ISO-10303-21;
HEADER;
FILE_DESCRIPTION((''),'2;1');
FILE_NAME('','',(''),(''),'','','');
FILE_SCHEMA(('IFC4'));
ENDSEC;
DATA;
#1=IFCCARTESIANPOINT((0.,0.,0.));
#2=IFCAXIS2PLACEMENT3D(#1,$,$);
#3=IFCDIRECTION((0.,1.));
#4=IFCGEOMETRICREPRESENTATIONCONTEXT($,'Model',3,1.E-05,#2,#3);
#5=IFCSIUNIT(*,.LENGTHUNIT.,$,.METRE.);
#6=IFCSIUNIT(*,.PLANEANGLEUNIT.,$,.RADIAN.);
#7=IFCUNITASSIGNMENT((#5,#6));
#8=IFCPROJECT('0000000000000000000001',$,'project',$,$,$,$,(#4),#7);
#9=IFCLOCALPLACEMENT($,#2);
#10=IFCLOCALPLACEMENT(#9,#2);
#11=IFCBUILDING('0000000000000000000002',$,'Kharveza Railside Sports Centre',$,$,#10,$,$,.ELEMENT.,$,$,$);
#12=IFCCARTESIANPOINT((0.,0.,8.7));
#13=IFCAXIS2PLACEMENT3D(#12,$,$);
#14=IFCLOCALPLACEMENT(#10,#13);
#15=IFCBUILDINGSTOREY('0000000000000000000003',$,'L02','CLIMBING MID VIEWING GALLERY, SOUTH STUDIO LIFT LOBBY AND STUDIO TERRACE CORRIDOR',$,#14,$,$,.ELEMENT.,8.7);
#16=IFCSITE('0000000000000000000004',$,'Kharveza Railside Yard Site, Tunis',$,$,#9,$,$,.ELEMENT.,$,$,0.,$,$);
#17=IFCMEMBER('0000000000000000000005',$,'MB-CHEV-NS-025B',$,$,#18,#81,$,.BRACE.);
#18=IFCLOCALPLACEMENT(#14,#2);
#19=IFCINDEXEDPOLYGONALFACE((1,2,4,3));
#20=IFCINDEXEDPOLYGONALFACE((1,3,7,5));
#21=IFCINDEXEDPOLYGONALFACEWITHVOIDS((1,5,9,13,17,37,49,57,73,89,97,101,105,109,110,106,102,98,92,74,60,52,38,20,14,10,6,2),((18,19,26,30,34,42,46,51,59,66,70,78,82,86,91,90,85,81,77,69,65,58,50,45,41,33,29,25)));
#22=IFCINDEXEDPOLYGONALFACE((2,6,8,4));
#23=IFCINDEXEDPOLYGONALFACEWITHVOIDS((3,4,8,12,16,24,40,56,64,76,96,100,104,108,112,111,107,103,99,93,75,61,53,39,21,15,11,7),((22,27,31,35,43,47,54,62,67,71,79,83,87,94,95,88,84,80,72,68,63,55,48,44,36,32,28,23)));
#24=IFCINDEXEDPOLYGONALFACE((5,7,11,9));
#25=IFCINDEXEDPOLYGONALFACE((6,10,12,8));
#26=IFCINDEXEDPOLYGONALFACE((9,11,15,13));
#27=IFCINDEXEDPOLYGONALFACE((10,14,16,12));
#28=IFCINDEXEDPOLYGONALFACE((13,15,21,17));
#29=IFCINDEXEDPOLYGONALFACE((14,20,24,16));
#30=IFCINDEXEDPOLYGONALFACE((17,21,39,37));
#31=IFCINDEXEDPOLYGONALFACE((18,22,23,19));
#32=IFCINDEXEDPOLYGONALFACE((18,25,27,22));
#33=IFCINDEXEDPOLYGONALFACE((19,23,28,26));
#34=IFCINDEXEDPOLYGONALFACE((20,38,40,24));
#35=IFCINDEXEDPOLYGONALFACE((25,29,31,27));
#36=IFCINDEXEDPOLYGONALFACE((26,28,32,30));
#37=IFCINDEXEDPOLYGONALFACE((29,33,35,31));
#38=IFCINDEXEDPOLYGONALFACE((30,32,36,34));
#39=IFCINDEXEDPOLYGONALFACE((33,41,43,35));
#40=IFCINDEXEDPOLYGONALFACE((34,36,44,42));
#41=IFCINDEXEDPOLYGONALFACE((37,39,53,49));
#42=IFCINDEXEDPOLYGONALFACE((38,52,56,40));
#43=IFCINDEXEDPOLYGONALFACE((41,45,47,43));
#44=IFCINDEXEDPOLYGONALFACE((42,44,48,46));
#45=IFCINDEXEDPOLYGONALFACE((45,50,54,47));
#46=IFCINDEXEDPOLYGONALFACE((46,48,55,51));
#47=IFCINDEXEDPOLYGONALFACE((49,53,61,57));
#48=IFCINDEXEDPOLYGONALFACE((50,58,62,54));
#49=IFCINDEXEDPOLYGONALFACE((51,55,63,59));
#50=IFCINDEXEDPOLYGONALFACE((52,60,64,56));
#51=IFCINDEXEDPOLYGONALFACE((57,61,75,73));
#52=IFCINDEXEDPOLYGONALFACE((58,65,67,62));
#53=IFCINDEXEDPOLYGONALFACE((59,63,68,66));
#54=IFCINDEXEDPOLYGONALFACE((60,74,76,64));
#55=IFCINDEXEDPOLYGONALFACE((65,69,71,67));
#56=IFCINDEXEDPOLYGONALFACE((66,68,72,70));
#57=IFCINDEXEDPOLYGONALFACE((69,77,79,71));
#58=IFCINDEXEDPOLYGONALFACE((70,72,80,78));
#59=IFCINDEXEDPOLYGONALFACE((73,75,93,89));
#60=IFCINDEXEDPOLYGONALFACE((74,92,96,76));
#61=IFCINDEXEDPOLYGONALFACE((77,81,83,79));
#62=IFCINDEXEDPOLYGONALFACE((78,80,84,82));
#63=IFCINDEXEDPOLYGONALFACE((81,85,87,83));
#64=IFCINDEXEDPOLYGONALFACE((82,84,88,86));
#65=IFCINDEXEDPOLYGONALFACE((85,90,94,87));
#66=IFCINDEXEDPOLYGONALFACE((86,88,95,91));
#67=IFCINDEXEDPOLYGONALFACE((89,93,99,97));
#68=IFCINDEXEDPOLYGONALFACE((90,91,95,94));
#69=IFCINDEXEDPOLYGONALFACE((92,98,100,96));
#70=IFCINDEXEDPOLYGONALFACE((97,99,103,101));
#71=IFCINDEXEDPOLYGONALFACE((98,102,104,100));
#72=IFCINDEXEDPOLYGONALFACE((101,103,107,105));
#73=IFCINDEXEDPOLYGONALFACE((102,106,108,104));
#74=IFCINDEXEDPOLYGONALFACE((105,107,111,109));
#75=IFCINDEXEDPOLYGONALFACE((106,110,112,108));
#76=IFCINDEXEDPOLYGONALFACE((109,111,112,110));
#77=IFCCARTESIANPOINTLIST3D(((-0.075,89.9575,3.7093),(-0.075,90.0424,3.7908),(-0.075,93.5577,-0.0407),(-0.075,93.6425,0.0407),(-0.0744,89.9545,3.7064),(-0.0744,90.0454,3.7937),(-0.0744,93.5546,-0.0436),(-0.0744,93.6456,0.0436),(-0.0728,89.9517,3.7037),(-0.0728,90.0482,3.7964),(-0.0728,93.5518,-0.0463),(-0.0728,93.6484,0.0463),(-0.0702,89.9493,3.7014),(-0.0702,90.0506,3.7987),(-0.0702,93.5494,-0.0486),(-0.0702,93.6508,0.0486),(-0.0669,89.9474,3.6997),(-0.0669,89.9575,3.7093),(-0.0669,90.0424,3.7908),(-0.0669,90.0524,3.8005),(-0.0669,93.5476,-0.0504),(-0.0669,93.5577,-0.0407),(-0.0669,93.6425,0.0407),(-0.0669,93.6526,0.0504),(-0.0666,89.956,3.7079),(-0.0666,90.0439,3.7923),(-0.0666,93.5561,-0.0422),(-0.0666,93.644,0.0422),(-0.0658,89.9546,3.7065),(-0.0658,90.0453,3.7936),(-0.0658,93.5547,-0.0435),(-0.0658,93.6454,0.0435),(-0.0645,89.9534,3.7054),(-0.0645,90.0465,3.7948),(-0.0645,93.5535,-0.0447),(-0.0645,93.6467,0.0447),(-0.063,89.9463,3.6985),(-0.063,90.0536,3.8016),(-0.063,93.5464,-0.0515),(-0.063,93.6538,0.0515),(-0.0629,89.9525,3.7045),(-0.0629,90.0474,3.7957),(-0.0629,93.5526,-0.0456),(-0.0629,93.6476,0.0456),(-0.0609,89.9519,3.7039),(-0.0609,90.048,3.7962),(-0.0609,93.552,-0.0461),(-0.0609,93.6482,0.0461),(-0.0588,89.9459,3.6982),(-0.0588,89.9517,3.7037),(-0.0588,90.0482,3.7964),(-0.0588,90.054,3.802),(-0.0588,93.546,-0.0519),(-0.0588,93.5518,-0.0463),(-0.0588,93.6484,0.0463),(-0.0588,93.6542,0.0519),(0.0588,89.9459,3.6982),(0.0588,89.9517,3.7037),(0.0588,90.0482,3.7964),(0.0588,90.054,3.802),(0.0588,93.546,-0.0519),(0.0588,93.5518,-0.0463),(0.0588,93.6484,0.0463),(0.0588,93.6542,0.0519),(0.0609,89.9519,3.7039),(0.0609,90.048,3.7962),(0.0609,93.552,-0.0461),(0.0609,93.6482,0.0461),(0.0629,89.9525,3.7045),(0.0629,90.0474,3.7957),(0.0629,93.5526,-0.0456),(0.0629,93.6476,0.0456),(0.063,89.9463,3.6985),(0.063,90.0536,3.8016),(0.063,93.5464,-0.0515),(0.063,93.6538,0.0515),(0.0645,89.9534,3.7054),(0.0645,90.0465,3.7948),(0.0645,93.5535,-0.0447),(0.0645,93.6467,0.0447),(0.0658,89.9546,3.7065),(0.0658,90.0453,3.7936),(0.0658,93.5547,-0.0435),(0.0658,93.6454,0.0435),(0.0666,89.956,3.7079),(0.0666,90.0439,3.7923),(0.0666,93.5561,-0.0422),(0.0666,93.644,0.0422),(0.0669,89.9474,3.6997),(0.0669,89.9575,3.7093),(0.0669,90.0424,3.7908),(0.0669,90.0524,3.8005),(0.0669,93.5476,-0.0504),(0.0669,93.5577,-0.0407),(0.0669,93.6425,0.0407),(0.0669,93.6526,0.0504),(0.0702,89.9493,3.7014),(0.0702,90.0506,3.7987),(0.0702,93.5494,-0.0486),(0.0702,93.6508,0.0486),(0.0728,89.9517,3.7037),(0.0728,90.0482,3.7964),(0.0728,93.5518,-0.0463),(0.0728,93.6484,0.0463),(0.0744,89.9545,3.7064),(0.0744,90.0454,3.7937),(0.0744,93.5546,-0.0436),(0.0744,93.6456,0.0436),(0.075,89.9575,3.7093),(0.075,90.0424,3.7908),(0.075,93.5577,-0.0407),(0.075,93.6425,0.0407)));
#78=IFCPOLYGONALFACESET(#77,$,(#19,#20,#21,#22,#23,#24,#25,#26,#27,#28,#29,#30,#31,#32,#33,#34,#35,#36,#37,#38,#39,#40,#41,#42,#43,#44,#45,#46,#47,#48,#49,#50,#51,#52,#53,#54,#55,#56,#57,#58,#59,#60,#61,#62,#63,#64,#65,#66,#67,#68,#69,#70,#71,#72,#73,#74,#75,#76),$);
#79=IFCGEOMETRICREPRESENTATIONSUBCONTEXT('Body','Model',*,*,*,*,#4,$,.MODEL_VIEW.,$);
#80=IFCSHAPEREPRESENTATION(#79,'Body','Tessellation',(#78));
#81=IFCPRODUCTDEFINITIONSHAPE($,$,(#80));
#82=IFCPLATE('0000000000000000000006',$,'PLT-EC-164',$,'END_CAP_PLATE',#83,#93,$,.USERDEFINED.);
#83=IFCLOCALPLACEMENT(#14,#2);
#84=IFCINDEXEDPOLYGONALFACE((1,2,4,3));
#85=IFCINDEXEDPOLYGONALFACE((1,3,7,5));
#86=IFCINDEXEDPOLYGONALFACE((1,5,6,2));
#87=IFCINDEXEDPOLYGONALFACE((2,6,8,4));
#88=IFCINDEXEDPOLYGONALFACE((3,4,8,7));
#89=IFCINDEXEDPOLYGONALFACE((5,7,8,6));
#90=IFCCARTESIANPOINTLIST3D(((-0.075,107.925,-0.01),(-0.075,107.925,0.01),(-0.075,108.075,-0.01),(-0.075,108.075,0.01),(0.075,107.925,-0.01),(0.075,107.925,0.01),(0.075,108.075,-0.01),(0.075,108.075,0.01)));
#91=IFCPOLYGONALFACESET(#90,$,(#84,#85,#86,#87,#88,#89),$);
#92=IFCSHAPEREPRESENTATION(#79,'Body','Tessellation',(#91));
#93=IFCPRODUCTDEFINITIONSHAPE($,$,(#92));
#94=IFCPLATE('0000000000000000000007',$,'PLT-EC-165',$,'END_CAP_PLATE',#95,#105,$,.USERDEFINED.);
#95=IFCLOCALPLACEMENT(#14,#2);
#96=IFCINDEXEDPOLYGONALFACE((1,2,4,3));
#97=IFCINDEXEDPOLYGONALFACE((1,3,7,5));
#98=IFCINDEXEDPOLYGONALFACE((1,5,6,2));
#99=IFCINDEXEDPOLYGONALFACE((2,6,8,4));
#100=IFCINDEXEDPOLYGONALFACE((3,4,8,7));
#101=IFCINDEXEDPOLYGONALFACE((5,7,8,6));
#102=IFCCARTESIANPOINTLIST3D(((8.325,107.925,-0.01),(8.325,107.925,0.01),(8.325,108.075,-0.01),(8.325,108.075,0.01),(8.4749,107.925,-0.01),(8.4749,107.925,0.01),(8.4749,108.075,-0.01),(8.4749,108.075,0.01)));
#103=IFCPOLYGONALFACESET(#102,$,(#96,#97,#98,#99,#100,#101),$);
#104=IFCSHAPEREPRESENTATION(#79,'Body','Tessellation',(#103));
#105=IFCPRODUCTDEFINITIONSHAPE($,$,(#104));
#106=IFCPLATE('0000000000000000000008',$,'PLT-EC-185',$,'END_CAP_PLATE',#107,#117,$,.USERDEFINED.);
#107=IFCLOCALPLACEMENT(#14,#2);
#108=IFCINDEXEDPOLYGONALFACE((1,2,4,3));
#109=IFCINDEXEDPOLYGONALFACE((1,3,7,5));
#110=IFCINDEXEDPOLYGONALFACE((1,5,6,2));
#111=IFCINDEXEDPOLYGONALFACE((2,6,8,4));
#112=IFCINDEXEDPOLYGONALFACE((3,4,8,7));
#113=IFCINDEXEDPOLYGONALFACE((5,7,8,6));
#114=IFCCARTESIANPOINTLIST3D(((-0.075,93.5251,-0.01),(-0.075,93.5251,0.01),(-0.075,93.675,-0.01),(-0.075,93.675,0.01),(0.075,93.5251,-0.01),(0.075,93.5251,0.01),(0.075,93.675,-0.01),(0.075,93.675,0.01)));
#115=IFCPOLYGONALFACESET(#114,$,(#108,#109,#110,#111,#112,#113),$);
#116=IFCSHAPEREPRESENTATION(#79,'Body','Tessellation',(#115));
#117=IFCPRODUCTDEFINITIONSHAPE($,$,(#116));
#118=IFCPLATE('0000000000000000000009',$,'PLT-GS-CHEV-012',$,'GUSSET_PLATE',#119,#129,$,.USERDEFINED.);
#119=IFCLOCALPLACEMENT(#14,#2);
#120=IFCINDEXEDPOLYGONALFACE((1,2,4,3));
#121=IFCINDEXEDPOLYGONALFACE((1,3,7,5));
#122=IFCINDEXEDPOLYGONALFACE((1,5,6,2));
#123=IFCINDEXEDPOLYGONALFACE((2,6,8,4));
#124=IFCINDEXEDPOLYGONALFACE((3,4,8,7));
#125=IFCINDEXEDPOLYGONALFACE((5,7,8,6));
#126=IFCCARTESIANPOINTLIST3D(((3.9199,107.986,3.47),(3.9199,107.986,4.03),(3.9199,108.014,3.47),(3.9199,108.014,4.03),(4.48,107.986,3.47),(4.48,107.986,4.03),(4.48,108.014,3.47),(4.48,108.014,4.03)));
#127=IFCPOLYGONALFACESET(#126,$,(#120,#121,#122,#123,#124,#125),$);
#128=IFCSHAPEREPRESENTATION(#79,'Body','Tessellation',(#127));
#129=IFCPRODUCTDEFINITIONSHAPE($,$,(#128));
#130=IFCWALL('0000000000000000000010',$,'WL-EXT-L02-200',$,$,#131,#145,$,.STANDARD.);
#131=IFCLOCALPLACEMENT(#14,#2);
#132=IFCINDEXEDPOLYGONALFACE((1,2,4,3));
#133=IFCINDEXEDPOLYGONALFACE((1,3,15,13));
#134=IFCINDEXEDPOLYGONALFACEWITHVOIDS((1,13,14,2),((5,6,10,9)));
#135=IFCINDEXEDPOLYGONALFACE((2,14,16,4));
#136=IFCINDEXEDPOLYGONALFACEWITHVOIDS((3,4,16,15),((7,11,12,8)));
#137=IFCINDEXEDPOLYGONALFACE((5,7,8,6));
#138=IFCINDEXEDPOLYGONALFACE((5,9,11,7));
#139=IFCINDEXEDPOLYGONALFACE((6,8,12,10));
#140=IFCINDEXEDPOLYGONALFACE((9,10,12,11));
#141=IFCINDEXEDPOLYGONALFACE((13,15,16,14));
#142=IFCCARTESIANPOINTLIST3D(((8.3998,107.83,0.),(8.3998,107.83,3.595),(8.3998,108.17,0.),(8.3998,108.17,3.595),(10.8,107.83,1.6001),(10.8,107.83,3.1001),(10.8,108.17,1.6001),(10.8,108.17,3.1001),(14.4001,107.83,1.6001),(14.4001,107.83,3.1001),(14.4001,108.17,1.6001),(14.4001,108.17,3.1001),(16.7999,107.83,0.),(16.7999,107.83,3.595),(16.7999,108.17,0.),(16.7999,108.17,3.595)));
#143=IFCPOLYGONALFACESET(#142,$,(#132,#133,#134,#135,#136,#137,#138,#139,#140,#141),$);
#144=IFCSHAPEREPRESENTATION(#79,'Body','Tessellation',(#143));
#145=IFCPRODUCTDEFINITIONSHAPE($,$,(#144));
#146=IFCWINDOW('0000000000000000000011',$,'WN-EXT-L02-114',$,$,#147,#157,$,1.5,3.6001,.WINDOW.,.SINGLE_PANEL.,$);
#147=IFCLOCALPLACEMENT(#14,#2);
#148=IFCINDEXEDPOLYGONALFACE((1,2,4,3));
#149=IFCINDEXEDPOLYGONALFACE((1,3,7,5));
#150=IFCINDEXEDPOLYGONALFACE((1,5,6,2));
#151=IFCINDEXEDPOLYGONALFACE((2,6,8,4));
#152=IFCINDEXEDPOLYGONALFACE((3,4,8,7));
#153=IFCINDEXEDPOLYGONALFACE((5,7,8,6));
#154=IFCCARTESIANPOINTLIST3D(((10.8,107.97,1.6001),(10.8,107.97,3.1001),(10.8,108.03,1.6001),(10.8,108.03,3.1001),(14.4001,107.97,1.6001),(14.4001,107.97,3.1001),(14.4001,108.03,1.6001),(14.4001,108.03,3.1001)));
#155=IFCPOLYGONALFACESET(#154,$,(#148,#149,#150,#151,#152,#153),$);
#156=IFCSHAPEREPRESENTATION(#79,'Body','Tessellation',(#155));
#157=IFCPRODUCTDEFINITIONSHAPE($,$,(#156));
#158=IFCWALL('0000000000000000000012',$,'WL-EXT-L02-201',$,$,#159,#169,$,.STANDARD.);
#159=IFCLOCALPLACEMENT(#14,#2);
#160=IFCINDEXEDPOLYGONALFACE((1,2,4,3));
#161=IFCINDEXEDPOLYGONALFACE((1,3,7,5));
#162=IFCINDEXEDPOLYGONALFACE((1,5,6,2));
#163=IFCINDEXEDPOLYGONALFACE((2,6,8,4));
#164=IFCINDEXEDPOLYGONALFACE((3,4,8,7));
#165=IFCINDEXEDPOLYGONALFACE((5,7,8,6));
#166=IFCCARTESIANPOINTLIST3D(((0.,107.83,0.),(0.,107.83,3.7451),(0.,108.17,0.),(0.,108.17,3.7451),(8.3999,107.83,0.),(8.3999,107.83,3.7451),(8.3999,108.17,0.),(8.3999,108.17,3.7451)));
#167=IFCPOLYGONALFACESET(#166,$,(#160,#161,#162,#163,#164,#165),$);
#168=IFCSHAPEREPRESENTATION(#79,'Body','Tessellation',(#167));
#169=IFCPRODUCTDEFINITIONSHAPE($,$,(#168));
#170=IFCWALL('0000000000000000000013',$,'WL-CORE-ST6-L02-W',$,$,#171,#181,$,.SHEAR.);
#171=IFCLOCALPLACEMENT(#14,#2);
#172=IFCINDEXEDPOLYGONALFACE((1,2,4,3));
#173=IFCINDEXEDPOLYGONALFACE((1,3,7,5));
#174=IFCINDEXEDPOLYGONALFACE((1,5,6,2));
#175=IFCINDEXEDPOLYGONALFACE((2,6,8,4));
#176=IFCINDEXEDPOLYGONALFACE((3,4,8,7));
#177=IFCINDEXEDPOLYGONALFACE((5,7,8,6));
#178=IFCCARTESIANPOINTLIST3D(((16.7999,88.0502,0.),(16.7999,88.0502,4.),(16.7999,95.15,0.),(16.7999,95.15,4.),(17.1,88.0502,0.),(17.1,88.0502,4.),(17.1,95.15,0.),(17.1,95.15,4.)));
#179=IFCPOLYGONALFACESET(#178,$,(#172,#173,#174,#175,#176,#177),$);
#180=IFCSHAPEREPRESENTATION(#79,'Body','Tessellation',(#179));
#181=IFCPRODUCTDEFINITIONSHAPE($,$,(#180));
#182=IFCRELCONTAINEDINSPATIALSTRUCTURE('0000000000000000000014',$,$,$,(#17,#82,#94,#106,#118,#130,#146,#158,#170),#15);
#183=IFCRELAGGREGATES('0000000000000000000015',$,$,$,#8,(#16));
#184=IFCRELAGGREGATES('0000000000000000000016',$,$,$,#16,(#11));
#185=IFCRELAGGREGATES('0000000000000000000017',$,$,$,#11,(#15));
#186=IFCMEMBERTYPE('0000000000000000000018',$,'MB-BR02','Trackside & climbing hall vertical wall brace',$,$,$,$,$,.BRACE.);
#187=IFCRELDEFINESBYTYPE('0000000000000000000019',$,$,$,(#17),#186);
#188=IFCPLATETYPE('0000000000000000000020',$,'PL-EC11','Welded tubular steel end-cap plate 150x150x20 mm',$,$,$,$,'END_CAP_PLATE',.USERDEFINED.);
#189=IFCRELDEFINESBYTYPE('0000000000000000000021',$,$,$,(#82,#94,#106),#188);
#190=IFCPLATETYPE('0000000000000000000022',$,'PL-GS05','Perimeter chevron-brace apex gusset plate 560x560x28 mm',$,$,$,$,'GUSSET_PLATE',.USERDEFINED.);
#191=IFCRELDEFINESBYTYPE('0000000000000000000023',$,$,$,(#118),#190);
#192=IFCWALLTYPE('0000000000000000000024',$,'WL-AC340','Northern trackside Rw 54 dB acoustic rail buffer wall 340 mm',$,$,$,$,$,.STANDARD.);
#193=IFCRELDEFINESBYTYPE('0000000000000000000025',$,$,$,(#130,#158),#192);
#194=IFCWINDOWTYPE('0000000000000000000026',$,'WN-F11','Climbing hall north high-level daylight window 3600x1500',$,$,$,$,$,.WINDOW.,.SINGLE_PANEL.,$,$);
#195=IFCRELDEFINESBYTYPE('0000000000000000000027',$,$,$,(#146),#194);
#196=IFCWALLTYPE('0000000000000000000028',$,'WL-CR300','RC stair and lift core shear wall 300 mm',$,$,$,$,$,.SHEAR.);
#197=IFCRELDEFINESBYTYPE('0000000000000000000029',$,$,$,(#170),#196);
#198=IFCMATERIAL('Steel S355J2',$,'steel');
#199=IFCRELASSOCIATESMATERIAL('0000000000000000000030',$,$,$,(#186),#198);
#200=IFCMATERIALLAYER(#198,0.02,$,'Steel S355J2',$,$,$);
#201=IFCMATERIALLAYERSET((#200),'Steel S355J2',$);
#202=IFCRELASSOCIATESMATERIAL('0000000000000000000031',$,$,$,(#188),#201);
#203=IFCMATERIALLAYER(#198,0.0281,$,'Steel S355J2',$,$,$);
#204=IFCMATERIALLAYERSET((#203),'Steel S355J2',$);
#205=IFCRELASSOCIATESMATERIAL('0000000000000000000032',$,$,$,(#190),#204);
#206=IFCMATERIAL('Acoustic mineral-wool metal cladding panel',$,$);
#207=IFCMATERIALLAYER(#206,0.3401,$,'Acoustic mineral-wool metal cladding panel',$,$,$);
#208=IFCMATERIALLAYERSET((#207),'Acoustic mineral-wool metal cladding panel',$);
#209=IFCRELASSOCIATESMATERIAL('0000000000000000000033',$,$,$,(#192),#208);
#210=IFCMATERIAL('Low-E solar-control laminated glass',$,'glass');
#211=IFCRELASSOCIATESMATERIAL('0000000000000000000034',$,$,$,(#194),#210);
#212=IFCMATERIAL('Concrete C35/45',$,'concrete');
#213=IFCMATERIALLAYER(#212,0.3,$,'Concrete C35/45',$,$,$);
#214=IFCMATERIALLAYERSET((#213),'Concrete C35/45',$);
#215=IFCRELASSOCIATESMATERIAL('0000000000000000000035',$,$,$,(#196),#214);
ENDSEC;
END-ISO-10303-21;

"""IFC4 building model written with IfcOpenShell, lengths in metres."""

from ifc_helpers import new_model, si_unit, direction, frame, frame_2d, origin, origin_2d, place, context, subcontext, project, spatial, rectangle, hollow_rectangle, extrude, material, layer, layer_set, material_profile, profile_set, type_object, element, fill, save


model = new_model("IFC4")

# Units and contexts
model_context = context("Model", 3, precision=1e-05, world=origin(), true_north=direction((0.0, 1.0)))
body_context = subcontext(model_context, "Body", "Model", "MODEL_VIEW")
ifc_project = project(units=[si_unit("LENGTHUNIT", "METRE"), si_unit("PLANEANGLEUNIT", "RADIAN")], contexts=[model_context])

# Site, building, storey
site_placement = place(None, origin())
site = spatial("IfcSite", under=ifc_project, at=site_placement, Name="Kharveza Railside Yard Site, Tunis", CompositionType="ELEMENT", RefElevation=0.0)
building_placement = place(site_placement, origin())
building = spatial("IfcBuilding", under=site, at=building_placement, Name="Kharveza Railside Sports Centre", CompositionType="ELEMENT")
storey_placement = place(building_placement, frame((0.0, 0.0, 8.7)))
storey = spatial("IfcBuildingStorey", under=building, at=storey_placement, Name="L02", Description="CLIMBING MID VIEWING GALLERY, SOUTH STUDIO LIFT LOBBY AND STUDIO TERRACE CORRIDOR", CompositionType="ELEMENT", Elevation=8.7)

# Shared definitions
ifc_material_1 = material(Name="Steel S355J2", Category="steel")

# Member
ifc_material_profile_1 = material_profile(ifc_material_1, hollow_rectangle(XDim=0.1499, YDim=0.1499, WallThickness=0.0081, InnerFilletRadius=0.0081, OuterFilletRadius=0.0161, at=origin_2d()), Name="SHS 150x150x8.0")
ifc_profile_set_1 = profile_set([ifc_material_profile_1], Name="Steel S355J2")
member_type = type_object("IfcMemberType", Name="MB-BR02", Description="Trackside & climbing hall vertical wall brace", PredefinedType="BRACE", material=ifc_profile_set_1)
member_placement = place(storey_placement, frame((0.0, 93.6001, 0.0), z_axis=(0.0, -0.692542, 0.721378), x_axis=(1.0, 0.0, 0.0)))
element("IfcMember", 1, at=member_placement, inside=storey, type_object=member_type, Name="MB-CHEV-NS-025B", PredefinedType="BRACE", context=body_context, shape_type="SweptSolid", body=[
    extrude(hollow_rectangle(XDim=0.1499, YDim=0.1499, WallThickness=0.0081, InnerFilletRadius=0.0081, OuterFilletRadius=0.0161, at=origin_2d()), origin(), (0.0, 0.0, 1.0), 5.1985),
])

# Plates
ifc_layer_1 = layer(ifc_material_1, 0.02, Name="Steel S355J2")
ifc_layer_set_1 = layer_set([ifc_layer_1], Name="Steel S355J2")
plate_type_1 = type_object("IfcPlateType", Name="PL-EC11", Description="Welded tubular steel end-cap plate 150x150x20 mm", ElementType="END_CAP_PLATE", PredefinedType="USERDEFINED", material=ifc_layer_set_1)
for number, where, z_axis, x_axis, name in (
    (2, (0.0, 108.0, -0.01), (0.0, 0.0, 1.0), (1.0, 0.0, 0.0), "PLT-EC-164"),
    (3, (8.3999, 108.0, -0.01), (0.0, 0.0, 1.0), (1.0, 0.0, 0.0), "PLT-EC-165"),
    (4, (0.0, 93.6001, -0.01), (0.0, 0.0, 1.0), (1.0, 0.0, 0.0), "PLT-EC-185"),
):
    element("IfcPlate", number, at=place(storey_placement, frame(where, z_axis=z_axis, x_axis=x_axis)), inside=storey, type_object=plate_type_1, Name=name, ObjectType="END_CAP_PLATE", PredefinedType="USERDEFINED", context=body_context, shape_type="SweptSolid", body=[
        extrude(rectangle(XDim=0.1499, YDim=0.1499, at=origin_2d()), origin(), (0.0, 0.0, 1.0), 0.02),
    ])
ifc_layer_2 = layer(ifc_material_1, 0.0281, Name="Steel S355J2")
ifc_layer_set_2 = layer_set([ifc_layer_2], Name="Steel S355J2")
plate_type_2 = type_object("IfcPlateType", Name="PL-GS05", Description="Perimeter chevron-brace apex gusset plate 560x560x28 mm", ElementType="GUSSET_PLATE", PredefinedType="USERDEFINED", material=ifc_layer_set_2)
plate_placement = place(storey_placement, frame((4.2, 108.0, 3.47), z_axis=(0.0, 0.0, 1.0), x_axis=(1.0, 0.0, 0.0)))
element("IfcPlate", 5, at=plate_placement, inside=storey, type_object=plate_type_2, Name="PLT-GS-CHEV-012", ObjectType="GUSSET_PLATE", PredefinedType="USERDEFINED", context=body_context, shape_type="SweptSolid", body=[
    extrude(rectangle(XDim=0.5601, YDim=0.0281, at=origin_2d()), origin(), (0.0, 0.0, 1.0), 0.5601),
])

# Wall, opening, window
ifc_material_2 = material(Name="Acoustic mineral-wool metal cladding panel")
ifc_layer_3 = layer(ifc_material_2, 0.3401, Name="Acoustic mineral-wool metal cladding panel")
ifc_layer_set_3 = layer_set([ifc_layer_3], Name="Acoustic mineral-wool metal cladding panel")
wall_type_1 = type_object("IfcWallType", Name="WL-AC340", Description="Northern trackside Rw 54 dB acoustic rail buffer wall 340 mm", PredefinedType="STANDARD", material=ifc_layer_set_3)
wall_1_placement = place(storey_placement, frame((16.8, 108.0, 0.0), z_axis=(0.0, 0.0, 1.0), x_axis=(-1.0, 0.0, 0.0)))
wall_1 = element("IfcWall", 6, at=wall_1_placement, inside=storey, type_object=wall_type_1, Name="WL-EXT-L02-200", PredefinedType="STANDARD", context=body_context, shape_type="SweptSolid", body=[
    extrude(rectangle(XDim=8.4001, YDim=0.3401, at=frame_2d((4.2002, 0.0))), origin(), (0.0, 0.0, 1.0), 3.595),
])
opening_1_placement = place(wall_1_placement, frame((2.3999, 0.0, 1.6001)))
opening_1 = element("IfcOpeningElement", 7, at=opening_1_placement, cuts=wall_1, PredefinedType="OPENING", context=body_context, shape_type="SweptSolid", body=[
    extrude(rectangle(XDim=3.6001, YDim=1.5, at=frame_2d((1.8, 0.75))), frame((0.0, 0.1948, 0.0), z_axis=(0.0, -1.0, 0.0), x_axis=(1.0, 0.0, 0.0)), (0.0, 0.0, 1.0), 0.3899),
])
ifc_material_3 = material(Name="Low-E solar-control laminated glass", Category="glass")
window_type_1 = type_object("IfcWindowType", Name="WN-F11", Description="Climbing hall north high-level daylight window 3600x1500", PartitioningType="SINGLE_PANEL", PredefinedType="WINDOW", material=ifc_material_3)
window_1_placement = place(opening_1_placement, origin())
window_1 = element("IfcWindow", 8, at=window_1_placement, inside=storey, type_object=window_type_1, Name="WN-EXT-L02-114", OverallHeight=1.5, OverallWidth=3.6001, PartitioningType="SINGLE_PANEL", PredefinedType="WINDOW", context=body_context, shape_type="SweptSolid", body=[
    extrude(rectangle(XDim=3.6001, YDim=1.5, at=frame_2d((1.8, 0.75))), frame((0.0, 0.03, 0.0), z_axis=(0.0, -1.0, 0.0), x_axis=(1.0, 0.0, 0.0)), (0.0, 0.0, 1.0), 0.0601),
])
fill(opening_1, window_1)

# Walls
wall_2_placement = place(storey_placement, frame((8.3999, 108.0, 0.0), z_axis=(0.0, 0.0, 1.0), x_axis=(-1.0, 0.0, 0.0)))
element("IfcWall", 9, at=wall_2_placement, inside=storey, type_object=wall_type_1, Name="WL-EXT-L02-201", PredefinedType="STANDARD", context=body_context, shape_type="SweptSolid", body=[
    extrude(rectangle(XDim=8.3999, YDim=0.3401, at=frame_2d((4.2, 0.0))), origin(), (0.0, 0.0, 1.0), 3.7451),
])
ifc_material_4 = material(Name="Concrete C35/45", Category="concrete")
ifc_layer_4 = layer(ifc_material_4, 0.3, Name="Concrete C35/45")
ifc_layer_set_4 = layer_set([ifc_layer_4], Name="Concrete C35/45")
wall_type_2 = type_object("IfcWallType", Name="WL-CR300", Description="RC stair and lift core shear wall 300 mm", PredefinedType="SHEAR", material=ifc_layer_set_4)
wall_3_placement = place(storey_placement, frame((16.95, 95.1499, 0.0), z_axis=(0.0, 0.0, 1.0), x_axis=(0.0, -1.0, 0.0)))
element("IfcWall", 10, at=wall_3_placement, inside=storey, type_object=wall_type_2, Name="WL-CORE-ST6-L02-W", PredefinedType="SHEAR", context=body_context, shape_type="SweptSolid", body=[
    extrude(rectangle(XDim=7.0999, YDim=0.3, at=frame_2d((3.5498, 0.0))), origin(), (0.0, 0.0, 1.0), 4.0),
])

save(model, "model.ifc")
